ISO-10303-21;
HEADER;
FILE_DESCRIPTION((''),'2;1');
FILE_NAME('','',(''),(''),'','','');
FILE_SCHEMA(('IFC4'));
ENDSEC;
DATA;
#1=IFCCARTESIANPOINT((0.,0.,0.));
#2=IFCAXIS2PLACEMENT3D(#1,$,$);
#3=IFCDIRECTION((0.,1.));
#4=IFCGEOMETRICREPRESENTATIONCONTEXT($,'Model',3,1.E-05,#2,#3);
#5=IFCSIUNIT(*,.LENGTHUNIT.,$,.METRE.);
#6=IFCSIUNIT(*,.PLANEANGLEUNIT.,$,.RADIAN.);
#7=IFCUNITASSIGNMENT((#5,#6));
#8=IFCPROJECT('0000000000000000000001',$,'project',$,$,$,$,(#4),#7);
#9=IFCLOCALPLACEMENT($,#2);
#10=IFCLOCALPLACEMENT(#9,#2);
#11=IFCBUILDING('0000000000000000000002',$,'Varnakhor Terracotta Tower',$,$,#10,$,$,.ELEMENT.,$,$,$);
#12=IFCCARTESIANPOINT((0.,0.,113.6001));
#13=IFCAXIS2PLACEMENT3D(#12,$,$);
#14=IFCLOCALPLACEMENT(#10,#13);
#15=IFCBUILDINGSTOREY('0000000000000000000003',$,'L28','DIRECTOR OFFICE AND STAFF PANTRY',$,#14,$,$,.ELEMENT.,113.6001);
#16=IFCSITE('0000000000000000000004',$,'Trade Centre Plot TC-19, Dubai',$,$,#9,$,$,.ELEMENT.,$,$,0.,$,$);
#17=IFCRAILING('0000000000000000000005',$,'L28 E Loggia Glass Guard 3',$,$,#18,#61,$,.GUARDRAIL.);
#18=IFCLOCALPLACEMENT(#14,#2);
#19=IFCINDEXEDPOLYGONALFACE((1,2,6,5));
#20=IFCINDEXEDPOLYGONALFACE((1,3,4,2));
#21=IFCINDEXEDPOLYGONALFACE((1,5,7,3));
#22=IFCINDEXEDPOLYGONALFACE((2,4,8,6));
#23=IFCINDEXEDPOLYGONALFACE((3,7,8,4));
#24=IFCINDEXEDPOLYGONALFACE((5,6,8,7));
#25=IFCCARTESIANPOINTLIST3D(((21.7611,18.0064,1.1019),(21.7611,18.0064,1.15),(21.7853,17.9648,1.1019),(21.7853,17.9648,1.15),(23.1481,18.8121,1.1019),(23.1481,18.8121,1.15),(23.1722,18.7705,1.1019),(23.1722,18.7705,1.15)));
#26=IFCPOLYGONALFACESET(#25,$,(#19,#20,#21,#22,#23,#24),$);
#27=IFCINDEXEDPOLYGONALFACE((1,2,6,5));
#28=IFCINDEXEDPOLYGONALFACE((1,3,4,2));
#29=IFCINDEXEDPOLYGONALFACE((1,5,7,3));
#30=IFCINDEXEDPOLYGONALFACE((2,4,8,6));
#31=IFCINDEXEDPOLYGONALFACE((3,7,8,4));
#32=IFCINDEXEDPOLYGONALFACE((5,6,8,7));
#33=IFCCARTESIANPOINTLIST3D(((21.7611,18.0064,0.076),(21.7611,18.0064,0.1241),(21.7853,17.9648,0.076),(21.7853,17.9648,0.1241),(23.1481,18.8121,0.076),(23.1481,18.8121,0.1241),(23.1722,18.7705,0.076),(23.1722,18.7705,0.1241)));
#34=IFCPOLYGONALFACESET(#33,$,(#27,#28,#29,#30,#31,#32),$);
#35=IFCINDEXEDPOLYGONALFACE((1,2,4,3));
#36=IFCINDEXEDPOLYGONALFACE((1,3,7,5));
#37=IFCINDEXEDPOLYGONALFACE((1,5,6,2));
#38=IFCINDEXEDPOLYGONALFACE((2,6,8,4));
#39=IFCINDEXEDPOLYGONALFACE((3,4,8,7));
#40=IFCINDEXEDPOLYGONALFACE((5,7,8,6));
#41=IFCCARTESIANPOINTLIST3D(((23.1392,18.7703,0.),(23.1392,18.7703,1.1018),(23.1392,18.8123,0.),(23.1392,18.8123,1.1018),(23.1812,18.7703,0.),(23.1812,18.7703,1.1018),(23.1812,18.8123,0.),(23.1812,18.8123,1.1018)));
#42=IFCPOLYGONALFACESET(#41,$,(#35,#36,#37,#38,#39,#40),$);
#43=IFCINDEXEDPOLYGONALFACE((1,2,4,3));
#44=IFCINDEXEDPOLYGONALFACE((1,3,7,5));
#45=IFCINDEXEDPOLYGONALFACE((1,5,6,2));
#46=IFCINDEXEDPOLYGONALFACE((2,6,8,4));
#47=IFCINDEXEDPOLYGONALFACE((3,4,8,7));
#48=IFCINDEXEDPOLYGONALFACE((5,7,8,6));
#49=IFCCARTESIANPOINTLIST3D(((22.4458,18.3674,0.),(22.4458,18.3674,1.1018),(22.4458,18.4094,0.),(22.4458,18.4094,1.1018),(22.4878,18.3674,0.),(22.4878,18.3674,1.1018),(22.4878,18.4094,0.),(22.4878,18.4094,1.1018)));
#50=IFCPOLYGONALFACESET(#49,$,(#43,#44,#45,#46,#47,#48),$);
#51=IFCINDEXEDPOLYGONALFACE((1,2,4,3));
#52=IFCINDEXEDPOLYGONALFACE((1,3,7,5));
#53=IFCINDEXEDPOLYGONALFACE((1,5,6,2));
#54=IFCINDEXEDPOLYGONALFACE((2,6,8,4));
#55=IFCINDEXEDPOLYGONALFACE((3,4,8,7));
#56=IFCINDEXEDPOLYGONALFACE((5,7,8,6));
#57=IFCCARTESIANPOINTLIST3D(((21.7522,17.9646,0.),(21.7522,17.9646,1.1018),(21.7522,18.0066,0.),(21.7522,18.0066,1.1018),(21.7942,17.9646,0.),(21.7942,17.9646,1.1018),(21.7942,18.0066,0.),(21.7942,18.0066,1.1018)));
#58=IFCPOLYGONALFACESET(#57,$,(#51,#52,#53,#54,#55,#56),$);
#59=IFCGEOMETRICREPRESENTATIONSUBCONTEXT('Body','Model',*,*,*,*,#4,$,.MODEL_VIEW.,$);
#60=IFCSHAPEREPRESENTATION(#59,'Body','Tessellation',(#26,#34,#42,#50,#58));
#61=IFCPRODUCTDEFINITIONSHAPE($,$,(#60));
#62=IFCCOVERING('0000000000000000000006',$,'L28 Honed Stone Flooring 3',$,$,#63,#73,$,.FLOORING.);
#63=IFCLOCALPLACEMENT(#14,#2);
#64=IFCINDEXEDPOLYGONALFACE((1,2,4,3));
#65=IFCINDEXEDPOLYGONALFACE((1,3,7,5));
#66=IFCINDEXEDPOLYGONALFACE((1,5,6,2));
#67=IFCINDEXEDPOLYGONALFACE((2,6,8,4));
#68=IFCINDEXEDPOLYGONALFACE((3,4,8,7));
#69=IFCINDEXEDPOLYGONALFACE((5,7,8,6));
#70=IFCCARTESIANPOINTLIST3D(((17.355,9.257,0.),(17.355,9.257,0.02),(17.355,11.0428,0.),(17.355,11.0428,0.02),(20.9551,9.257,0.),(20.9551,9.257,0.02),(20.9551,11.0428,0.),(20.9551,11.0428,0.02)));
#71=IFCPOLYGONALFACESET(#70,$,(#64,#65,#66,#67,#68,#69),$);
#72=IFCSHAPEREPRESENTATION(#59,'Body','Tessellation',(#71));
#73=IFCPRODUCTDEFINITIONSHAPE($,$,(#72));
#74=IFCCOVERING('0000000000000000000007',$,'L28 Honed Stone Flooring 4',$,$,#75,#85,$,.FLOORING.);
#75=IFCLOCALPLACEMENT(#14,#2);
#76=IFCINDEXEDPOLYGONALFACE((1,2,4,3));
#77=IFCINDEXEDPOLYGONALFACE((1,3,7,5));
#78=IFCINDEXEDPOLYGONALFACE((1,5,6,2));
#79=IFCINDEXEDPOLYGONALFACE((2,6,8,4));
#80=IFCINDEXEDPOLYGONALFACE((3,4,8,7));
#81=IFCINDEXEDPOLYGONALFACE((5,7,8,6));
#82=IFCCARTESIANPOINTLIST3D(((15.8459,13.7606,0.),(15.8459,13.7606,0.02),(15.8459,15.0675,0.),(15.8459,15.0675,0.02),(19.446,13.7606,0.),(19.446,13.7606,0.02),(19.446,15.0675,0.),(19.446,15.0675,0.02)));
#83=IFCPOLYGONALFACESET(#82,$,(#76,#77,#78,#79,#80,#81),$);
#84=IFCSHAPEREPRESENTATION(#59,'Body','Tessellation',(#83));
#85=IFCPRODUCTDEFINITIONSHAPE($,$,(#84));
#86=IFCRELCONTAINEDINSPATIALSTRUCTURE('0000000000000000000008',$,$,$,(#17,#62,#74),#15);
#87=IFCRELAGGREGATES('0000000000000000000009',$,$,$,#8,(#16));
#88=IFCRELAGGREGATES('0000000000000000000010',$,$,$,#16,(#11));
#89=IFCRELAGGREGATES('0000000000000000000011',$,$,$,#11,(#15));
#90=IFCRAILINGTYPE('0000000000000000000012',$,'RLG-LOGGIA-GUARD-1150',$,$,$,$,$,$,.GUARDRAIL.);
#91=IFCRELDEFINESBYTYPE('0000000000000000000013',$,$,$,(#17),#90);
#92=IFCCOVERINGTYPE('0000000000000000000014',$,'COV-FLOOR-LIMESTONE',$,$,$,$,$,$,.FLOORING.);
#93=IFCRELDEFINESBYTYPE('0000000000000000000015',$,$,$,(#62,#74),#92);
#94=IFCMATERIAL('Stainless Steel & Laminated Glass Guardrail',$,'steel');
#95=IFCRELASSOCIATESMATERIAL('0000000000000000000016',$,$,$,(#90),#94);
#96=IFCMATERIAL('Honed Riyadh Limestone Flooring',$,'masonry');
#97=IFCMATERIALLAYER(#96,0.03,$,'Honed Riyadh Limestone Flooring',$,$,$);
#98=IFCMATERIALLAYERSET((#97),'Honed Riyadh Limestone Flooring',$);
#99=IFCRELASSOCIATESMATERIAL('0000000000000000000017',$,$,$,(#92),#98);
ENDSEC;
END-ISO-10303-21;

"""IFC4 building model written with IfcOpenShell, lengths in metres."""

from ifc_helpers import new_model, si_unit, direction, frame, origin, origin_2d, place, context, subcontext, project, spatial, rectangle, extrude, source, transform, mapped, material, layer, layer_set, type_object, element, save


model = new_model("IFC4")

# Units and contexts
model_context = context("Model", 3, precision=1e-05, world=origin(), true_north=direction((0.0, 1.0)))
body_context = subcontext(model_context, "Body", "Model", "MODEL_VIEW")
ifc_project = project(units=[si_unit("LENGTHUNIT", "METRE"), si_unit("PLANEANGLEUNIT", "RADIAN")], contexts=[model_context])

# Site, building, storey
site_placement = place(None, origin())
site = spatial("IfcSite", under=ifc_project, at=site_placement, Name="Trade Centre Plot TC-19, Dubai", CompositionType="ELEMENT", RefElevation=0.0)
building_placement = place(site_placement, origin())
building = spatial("IfcBuilding", under=site, at=building_placement, Name="Varnakhor Terracotta Tower", CompositionType="ELEMENT")
storey_placement = place(building_placement, frame((0.0, 0.0, 113.6001)))
storey = spatial("IfcBuildingStorey", under=building, at=storey_placement, Name="L28", Description="DIRECTOR OFFICE AND STAFF PANTRY", CompositionType="ELEMENT", Elevation=113.6001)

# Railing
ifc_material_1 = material(Name="Stainless Steel & Laminated Glass Guardrail", Category="steel")
railing_type = type_object("IfcRailingType", Name="RLG-LOGGIA-GUARD-1150", PredefinedType="GUARDRAIL", material=ifc_material_1)
railing_placement = place(storey_placement, frame((23.1602, 18.7913, 0.0)))
element("IfcRailing", 1, at=railing_placement, inside=storey, type_object=railing_type, Name="L28 E Loggia Glass Guard 3", PredefinedType="GUARDRAIL", context=body_context, shape_type="SweptSolid", body=[
    extrude(rectangle(XDim=0.0481, YDim=0.0481, at=origin_2d()), frame((0.0, 0.0, 1.126), z_axis=(-0.864699, -0.50229, 0.0), x_axis=(0.50229, -0.864699, 0.0)), (0.0, 0.0, 1.0), 1.604),
    extrude(rectangle(XDim=0.0481, YDim=0.0481, at=origin_2d()), frame((0.0, 0.0, 0.1001), z_axis=(-0.864699, -0.50229, 0.0), x_axis=(0.50229, -0.864699, 0.0)), (0.0, 0.0, 1.0), 1.604),
    extrude(rectangle(XDim=0.042, YDim=0.042, at=origin_2d()), origin(), (0.0, 0.0, 1.0), 1.1018),
    extrude(rectangle(XDim=0.042, YDim=0.042, at=origin_2d()), frame((-0.6934, -0.4028, 0.0)), (0.0, 0.0, 1.0), 1.1018),
    extrude(rectangle(XDim=0.042, YDim=0.042, at=origin_2d()), frame((-1.387, -0.8057, 0.0)), (0.0, 0.0, 1.0), 1.1018),
])

# Coverings
ifc_material_2 = material(Name="Honed Riyadh Limestone Flooring", Category="masonry")
ifc_layer_1 = layer(ifc_material_2, 0.03, Name="Honed Riyadh Limestone Flooring")
ifc_layer_set_1 = layer_set([ifc_layer_1], Name="Honed Riyadh Limestone Flooring")
covering_type = type_object("IfcCoveringType", Name="COV-FLOOR-LIMESTONE", PredefinedType="FLOORING", material=ifc_layer_set_1)
shared_shape_1 = source(origin(), body_context, "Body", "SweptSolid", [
    extrude(rectangle(XDim=3.6001, YDim=1.7859, at=origin_2d()), origin(), (0.0, 0.0, 1.0), 0.02),
])
covering_1_placement = place(storey_placement, frame((19.155, 10.1499, 0.0), z_axis=(0.0, 0.0, 1.0), x_axis=(1.0, 0.0, 0.0)))
element("IfcCovering", 2, at=covering_1_placement, inside=storey, type_object=covering_type, Name="L28 Honed Stone Flooring 3", PredefinedType="FLOORING", context=body_context, shape_type="MappedRepresentation", body=[
    mapped(shared_shape_1, transform((0.0, 0.0, 0.0), scale=1.0)),
])
shared_shape_2 = source(origin(), body_context, "Body", "SweptSolid", [
    extrude(rectangle(XDim=3.6001, YDim=1.3069, at=origin_2d()), origin(), (0.0, 0.0, 1.0), 0.02),
])
covering_2_placement = place(storey_placement, frame((17.646, 14.4141, 0.0), z_axis=(0.0, 0.0, 1.0), x_axis=(1.0, 0.0, 0.0)))
element("IfcCovering", 3, at=covering_2_placement, inside=storey, type_object=covering_type, Name="L28 Honed Stone Flooring 4", PredefinedType="FLOORING", context=body_context, shape_type="MappedRepresentation", body=[
    mapped(shared_shape_2, transform((0.0, 0.0, 0.0), scale=1.0)),
])

save(model, "model.ifc")
